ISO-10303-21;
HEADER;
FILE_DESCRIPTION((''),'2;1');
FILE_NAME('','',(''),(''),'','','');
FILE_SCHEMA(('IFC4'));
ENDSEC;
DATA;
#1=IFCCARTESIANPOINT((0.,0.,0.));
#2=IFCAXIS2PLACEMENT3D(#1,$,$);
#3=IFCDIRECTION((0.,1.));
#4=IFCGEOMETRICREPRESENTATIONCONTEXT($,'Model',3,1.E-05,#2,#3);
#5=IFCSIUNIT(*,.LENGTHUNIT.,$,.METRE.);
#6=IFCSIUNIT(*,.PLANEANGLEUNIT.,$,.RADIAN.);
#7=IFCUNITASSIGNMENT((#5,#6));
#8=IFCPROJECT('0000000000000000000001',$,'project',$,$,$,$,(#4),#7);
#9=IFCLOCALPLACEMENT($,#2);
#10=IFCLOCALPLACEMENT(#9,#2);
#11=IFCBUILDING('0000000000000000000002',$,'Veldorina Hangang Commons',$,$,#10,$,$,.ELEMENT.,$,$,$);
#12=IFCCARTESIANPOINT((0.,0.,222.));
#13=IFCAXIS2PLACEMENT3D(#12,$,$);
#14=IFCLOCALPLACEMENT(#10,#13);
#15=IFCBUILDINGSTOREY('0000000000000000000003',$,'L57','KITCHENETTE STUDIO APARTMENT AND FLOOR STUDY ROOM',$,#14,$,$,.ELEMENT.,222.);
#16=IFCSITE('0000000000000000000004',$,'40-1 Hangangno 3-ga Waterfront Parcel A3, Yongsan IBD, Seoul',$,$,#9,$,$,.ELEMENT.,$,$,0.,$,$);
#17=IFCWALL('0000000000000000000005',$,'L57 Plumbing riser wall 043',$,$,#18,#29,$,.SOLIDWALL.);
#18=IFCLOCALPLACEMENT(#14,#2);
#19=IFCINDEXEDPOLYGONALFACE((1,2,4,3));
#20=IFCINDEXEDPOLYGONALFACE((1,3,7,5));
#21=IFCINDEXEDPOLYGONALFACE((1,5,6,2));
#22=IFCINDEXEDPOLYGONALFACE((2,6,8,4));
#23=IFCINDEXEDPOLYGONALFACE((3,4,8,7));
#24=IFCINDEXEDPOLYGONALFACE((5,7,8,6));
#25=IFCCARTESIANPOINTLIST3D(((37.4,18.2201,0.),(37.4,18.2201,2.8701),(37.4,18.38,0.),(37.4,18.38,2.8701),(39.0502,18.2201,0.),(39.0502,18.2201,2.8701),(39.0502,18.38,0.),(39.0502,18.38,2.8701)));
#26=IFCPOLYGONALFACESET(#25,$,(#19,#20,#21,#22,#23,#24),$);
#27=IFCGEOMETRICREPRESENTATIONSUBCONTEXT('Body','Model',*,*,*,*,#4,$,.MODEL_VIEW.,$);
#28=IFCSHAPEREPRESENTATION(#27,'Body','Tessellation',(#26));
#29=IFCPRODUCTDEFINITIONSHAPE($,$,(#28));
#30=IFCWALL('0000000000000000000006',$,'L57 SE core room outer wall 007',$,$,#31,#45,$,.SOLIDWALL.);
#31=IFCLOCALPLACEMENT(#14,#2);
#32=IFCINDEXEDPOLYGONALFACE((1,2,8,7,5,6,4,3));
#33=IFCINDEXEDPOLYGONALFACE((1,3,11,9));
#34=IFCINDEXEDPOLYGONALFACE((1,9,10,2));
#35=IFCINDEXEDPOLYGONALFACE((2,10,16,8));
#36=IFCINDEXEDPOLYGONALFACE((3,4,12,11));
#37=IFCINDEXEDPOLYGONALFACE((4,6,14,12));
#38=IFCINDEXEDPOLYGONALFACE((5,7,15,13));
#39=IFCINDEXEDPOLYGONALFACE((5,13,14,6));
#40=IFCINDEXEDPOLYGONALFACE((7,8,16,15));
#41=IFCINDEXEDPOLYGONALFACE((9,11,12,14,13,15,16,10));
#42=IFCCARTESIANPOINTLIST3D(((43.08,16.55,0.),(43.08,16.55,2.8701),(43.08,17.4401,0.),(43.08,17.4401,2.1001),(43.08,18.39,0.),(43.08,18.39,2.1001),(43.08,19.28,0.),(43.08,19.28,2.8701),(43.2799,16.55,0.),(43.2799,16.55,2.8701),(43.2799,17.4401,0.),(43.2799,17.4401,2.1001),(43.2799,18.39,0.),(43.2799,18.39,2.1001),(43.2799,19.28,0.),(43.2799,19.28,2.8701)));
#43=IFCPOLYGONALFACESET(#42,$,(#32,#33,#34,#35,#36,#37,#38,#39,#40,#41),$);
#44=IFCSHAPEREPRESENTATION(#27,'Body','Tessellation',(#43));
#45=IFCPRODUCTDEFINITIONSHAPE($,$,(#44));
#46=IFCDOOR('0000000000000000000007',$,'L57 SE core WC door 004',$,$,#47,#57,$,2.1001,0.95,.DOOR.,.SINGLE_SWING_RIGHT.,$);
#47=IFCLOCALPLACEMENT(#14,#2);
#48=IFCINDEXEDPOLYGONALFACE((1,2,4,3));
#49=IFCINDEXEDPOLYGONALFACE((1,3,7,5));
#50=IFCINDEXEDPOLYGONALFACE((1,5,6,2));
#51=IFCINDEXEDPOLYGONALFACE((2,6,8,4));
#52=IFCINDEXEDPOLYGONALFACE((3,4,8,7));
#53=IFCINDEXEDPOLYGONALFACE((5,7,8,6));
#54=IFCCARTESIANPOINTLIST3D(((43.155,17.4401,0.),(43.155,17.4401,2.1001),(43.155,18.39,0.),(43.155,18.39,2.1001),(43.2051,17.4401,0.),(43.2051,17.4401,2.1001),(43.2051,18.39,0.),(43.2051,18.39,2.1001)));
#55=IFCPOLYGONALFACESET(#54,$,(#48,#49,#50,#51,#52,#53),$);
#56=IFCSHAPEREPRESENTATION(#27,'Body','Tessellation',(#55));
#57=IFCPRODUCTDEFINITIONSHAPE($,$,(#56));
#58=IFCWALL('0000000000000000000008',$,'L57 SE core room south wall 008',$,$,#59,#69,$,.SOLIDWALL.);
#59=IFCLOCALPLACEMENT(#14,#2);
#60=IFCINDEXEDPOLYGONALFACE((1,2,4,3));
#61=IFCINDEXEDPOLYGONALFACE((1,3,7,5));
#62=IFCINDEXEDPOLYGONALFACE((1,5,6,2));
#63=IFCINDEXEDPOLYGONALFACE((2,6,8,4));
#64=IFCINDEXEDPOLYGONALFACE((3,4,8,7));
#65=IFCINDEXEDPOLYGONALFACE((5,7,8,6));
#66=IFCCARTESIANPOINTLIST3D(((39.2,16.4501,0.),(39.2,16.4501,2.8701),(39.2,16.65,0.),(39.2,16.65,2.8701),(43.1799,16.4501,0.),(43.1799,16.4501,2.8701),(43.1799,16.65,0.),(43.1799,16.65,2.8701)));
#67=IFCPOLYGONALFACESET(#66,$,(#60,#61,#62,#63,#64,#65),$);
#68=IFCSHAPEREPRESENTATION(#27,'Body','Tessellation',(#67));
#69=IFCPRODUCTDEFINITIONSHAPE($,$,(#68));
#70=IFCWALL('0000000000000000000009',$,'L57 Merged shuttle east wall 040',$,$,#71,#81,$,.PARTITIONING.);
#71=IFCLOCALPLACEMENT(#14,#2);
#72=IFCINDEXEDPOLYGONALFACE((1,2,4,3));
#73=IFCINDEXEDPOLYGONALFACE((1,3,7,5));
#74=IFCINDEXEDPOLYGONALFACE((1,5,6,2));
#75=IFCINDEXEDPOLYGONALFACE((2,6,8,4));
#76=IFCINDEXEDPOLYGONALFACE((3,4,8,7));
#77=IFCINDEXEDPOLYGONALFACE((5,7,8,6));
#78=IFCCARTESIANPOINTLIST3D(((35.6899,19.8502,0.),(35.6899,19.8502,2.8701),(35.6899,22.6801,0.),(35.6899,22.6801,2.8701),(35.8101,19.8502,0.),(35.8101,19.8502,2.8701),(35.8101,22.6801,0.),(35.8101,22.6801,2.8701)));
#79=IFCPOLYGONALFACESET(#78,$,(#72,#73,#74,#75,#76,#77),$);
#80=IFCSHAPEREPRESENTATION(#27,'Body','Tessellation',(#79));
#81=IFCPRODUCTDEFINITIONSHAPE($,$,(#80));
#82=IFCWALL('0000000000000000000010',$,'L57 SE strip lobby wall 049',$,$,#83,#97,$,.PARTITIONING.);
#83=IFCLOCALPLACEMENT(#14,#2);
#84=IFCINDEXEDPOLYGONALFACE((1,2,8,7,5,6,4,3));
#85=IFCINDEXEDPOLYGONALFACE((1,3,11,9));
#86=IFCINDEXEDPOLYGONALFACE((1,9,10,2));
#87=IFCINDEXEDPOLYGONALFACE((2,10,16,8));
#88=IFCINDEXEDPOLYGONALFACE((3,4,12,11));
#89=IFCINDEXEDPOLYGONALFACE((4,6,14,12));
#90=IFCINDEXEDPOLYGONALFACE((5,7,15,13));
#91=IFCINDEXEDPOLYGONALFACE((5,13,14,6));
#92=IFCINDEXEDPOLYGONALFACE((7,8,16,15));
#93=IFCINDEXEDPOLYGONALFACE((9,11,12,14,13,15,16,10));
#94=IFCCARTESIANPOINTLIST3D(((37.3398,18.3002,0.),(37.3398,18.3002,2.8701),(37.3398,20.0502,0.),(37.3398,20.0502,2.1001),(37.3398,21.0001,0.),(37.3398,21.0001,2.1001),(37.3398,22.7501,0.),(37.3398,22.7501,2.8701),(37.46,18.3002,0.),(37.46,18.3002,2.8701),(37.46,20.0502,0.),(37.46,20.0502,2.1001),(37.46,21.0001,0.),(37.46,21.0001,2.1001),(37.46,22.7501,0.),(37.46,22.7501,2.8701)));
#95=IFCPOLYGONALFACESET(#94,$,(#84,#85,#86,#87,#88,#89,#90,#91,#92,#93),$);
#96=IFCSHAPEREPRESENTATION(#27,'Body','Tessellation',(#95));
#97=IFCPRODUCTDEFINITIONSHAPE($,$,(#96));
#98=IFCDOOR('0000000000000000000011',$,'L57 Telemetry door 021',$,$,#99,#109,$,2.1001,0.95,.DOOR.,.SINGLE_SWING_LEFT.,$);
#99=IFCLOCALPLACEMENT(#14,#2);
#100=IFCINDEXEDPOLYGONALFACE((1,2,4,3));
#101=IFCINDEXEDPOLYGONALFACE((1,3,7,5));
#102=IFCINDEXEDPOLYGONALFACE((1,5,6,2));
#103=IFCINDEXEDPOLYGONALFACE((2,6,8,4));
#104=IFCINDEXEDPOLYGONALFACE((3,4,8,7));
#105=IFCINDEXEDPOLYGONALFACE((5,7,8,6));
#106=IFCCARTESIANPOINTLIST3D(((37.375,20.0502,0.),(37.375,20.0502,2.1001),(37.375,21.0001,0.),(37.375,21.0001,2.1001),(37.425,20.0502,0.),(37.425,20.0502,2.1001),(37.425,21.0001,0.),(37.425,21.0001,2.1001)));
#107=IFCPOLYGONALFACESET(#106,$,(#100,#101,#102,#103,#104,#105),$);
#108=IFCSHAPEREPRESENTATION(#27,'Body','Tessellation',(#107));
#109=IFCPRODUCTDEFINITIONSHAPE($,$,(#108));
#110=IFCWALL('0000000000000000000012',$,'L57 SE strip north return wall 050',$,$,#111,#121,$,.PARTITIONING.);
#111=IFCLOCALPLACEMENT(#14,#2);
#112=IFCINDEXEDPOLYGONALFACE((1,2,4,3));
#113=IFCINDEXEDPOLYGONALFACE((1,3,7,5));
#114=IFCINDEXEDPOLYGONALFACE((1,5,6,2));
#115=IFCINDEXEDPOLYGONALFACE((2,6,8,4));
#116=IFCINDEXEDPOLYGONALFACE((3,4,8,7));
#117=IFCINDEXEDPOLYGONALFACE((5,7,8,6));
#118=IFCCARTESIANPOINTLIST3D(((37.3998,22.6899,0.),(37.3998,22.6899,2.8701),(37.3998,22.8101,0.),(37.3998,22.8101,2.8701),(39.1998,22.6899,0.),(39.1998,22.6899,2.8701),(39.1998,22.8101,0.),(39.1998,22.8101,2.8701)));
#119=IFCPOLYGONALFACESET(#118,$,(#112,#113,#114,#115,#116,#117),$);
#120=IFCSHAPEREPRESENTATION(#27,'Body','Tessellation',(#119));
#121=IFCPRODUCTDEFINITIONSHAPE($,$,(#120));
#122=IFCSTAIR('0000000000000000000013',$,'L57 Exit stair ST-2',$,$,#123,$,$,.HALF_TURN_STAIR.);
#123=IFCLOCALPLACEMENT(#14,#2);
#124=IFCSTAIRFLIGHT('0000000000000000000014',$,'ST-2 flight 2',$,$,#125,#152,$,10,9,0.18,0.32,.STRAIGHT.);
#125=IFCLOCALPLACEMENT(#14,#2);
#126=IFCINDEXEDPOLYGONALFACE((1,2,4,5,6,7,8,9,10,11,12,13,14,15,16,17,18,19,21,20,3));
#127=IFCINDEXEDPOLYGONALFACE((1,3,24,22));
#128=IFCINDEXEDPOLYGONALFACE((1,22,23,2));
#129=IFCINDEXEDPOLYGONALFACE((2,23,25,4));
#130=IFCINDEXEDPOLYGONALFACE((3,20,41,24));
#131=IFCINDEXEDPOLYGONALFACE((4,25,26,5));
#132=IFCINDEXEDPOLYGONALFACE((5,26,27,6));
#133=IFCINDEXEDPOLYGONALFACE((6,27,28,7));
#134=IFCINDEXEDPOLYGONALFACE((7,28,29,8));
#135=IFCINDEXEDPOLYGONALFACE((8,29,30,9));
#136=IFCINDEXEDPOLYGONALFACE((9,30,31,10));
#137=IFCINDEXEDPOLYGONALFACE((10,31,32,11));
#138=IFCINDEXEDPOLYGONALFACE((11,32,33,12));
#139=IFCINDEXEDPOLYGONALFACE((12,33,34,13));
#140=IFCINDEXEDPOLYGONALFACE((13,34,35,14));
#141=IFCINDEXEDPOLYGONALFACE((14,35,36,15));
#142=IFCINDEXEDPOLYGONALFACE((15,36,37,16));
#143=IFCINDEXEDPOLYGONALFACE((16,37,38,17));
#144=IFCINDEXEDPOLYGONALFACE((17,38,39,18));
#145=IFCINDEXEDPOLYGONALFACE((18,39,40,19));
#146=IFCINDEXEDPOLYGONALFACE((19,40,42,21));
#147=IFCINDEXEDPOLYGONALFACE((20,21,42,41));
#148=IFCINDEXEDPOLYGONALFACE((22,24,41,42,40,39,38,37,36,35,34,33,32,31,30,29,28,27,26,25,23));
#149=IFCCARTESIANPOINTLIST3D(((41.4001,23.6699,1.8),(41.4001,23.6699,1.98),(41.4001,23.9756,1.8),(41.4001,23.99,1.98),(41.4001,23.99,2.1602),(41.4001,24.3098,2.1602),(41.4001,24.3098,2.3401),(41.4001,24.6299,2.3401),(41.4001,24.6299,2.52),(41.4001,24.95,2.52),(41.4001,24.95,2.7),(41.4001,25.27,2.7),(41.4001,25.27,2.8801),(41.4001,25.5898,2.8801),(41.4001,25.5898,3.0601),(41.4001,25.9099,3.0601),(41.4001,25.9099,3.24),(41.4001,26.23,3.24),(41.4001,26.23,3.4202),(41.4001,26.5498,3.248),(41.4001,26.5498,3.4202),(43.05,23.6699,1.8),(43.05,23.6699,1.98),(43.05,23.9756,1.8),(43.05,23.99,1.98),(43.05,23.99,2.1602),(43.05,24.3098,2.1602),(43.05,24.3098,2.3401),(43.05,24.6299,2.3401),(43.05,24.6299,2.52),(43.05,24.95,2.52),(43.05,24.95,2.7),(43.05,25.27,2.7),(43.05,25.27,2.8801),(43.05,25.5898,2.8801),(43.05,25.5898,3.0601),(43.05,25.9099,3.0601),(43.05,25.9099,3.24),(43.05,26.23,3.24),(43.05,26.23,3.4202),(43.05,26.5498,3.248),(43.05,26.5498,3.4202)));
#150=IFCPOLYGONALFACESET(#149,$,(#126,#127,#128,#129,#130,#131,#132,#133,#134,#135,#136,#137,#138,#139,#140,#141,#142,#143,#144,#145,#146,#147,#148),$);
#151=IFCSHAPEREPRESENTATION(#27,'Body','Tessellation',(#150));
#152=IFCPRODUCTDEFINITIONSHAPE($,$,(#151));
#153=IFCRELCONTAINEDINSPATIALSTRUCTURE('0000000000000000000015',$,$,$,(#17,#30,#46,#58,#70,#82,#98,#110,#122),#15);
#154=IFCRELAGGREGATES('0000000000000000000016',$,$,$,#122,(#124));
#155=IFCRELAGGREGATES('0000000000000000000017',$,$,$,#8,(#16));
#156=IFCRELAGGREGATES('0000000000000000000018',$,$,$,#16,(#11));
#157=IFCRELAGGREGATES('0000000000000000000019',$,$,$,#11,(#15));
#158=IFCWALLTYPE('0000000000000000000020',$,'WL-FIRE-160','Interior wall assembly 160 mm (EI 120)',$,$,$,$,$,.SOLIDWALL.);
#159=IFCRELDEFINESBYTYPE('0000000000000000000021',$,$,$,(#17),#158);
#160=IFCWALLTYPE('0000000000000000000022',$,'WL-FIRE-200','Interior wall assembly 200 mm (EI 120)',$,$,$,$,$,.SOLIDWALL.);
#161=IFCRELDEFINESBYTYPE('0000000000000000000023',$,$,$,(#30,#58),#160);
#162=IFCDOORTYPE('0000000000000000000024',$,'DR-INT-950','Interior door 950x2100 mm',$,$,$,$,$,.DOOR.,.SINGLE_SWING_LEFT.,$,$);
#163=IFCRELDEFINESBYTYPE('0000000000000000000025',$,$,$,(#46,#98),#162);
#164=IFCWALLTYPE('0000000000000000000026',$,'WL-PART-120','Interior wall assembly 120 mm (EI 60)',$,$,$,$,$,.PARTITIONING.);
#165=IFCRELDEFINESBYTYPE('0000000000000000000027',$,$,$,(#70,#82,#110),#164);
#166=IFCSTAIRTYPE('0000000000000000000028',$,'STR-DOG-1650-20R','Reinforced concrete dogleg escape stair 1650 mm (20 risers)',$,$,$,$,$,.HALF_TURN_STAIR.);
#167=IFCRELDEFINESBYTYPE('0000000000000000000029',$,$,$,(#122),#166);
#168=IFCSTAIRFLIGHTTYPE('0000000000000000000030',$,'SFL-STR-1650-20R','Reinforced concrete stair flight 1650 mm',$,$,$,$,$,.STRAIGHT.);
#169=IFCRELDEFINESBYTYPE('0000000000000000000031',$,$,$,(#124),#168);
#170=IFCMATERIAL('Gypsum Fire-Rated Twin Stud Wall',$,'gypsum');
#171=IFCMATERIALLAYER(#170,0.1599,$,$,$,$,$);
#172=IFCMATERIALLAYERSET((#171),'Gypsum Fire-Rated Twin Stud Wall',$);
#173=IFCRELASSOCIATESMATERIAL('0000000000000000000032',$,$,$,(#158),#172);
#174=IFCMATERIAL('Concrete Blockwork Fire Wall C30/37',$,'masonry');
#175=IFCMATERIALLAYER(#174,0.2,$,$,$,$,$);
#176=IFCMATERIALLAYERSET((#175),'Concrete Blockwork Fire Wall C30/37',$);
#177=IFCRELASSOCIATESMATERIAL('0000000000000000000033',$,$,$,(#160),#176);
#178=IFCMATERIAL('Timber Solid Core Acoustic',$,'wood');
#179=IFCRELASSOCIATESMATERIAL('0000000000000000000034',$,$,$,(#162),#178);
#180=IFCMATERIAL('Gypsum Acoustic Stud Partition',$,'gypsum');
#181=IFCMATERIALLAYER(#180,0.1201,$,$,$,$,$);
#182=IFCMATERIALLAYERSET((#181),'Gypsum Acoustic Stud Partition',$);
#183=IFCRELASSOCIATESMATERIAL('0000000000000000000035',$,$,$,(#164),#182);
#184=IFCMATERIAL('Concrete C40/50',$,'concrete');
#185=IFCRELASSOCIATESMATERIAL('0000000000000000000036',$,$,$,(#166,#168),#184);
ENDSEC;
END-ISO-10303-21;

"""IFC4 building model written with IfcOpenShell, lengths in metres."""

from ifc_helpers import new_model, si_unit, direction, frame, frame_2d, origin, place, context, subcontext, project, spatial, polyline, rectangle, outline, extrude, material, layer, layer_set, type_object, element, fill, aggregate, save


model = new_model("IFC4")

# Units and contexts
model_context = context("Model", 3, precision=1e-05, world=origin(), true_north=direction((0.0, 1.0)))
body_context = subcontext(model_context, "Body", "Model", "MODEL_VIEW")
ifc_project = project(units=[si_unit("LENGTHUNIT", "METRE"), si_unit("PLANEANGLEUNIT", "RADIAN")], contexts=[model_context])

# Site, building, storey
site_placement = place(None, origin())
site = spatial("IfcSite", under=ifc_project, at=site_placement, Name="40-1 Hangangno 3-ga Waterfront Parcel A3, Yongsan IBD, Seoul", CompositionType="ELEMENT", RefElevation=0.0)
building_placement = place(site_placement, origin())
building = spatial("IfcBuilding", under=site, at=building_placement, Name="Veldorina Hangang Commons", CompositionType="ELEMENT")
storey_placement = place(building_placement, frame((0.0, 0.0, 222.0)))
storey = spatial("IfcBuildingStorey", under=building, at=storey_placement, Name="L57", Description="KITCHENETTE STUDIO APARTMENT AND FLOOR STUDY ROOM", CompositionType="ELEMENT", Elevation=222.0)

# Wall
ifc_material_1 = material(Name="Gypsum Fire-Rated Twin Stud Wall", Category="gypsum")
ifc_layer_1 = layer(ifc_material_1, 0.1599)
ifc_layer_set_1 = layer_set([ifc_layer_1], Name="Gypsum Fire-Rated Twin Stud Wall")
wall_type_1 = type_object("IfcWallType", Name="WL-FIRE-160", Description="Interior wall assembly 160 mm (EI 120)", PredefinedType="SOLIDWALL", material=ifc_layer_set_1)
wall_1_placement = place(storey_placement, frame((37.3999, 18.3, 0.0), z_axis=(0.0, 0.0, 1.0), x_axis=(1.0, 0.0, 0.0)))
element("IfcWall", 1, at=wall_1_placement, inside=storey, type_object=wall_type_1, Name="L57 Plumbing riser wall 043", PredefinedType="SOLIDWALL", context=body_context, shape_type="SweptSolid", body=[
    extrude(rectangle(XDim=1.6501, YDim=0.1599, at=frame_2d((0.8252, 0.0))), origin(), (0.0, 0.0, 1.0), 2.8701),
])

# Wall, opening, door
ifc_material_2 = material(Name="Concrete Blockwork Fire Wall C30/37", Category="masonry")
ifc_layer_2 = layer(ifc_material_2, 0.2)
ifc_layer_set_2 = layer_set([ifc_layer_2], Name="Concrete Blockwork Fire Wall C30/37")
wall_type_2 = type_object("IfcWallType", Name="WL-FIRE-200", Description="Interior wall assembly 200 mm (EI 120)", PredefinedType="SOLIDWALL", material=ifc_layer_set_2)
wall_2_placement = place(storey_placement, frame((43.1799, 16.55, 0.0), z_axis=(0.0, 0.0, 1.0), x_axis=(0.0, 1.0, 0.0)))
wall_2 = element("IfcWall", 2, at=wall_2_placement, inside=storey, type_object=wall_type_2, Name="L57 SE core room outer wall 007", PredefinedType="SOLIDWALL", context=body_context, shape_type="SweptSolid", body=[
    extrude(rectangle(XDim=2.73, YDim=0.2, at=frame_2d((1.365, 0.0))), origin(), (0.0, 0.0, 1.0), 2.8701),
])
opening_1_placement = place(wall_2_placement, frame((0.8899, 0.0, 0.0)))
opening_1 = element("IfcOpeningElement", 3, at=opening_1_placement, cuts=wall_2, PredefinedType="OPENING", context=body_context, shape_type="SweptSolid", body=[
    extrude(rectangle(XDim=0.95, YDim=2.1001, at=frame_2d((0.4751, 1.05))), frame((0.0, 0.1099, 0.0), z_axis=(0.0, -1.0, 0.0), x_axis=(1.0, 0.0, 0.0)), (0.0, 0.0, 1.0), 0.22),
])
ifc_material_3 = material(Name="Timber Solid Core Acoustic", Category="wood")
door_type_1 = type_object("IfcDoorType", Name="DR-INT-950", Description="Interior door 950x2100 mm", OperationType="SINGLE_SWING_LEFT", PredefinedType="DOOR", material=ifc_material_3)
door_1_placement = place(opening_1_placement, origin())
door_1 = element("IfcDoor", 4, at=door_1_placement, inside=storey, type_object=door_type_1, Name="L57 SE core WC door 004", OperationType="SINGLE_SWING_RIGHT", OverallHeight=2.1001, OverallWidth=0.95, PredefinedType="DOOR", context=body_context, shape_type="SweptSolid", body=[
    extrude(rectangle(XDim=0.95, YDim=2.1001, at=frame_2d((0.4751, 1.05))), frame((0.0, 0.0249, 0.0), z_axis=(0.0, -1.0, 0.0), x_axis=(1.0, 0.0, 0.0)), (0.0, 0.0, 1.0), 0.05),
])
fill(opening_1, door_1)

# Walls
wall_3_placement = place(storey_placement, frame((39.2, 16.55, 0.0), z_axis=(0.0, 0.0, 1.0), x_axis=(1.0, 0.0, 0.0)))
element("IfcWall", 5, at=wall_3_placement, inside=storey, type_object=wall_type_2, Name="L57 SE core room south wall 008", PredefinedType="SOLIDWALL", context=body_context, shape_type="SweptSolid", body=[
    extrude(rectangle(XDim=3.98, YDim=0.2, at=frame_2d((1.99, 0.0))), origin(), (0.0, 0.0, 1.0), 2.8701),
])
ifc_material_4 = material(Name="Gypsum Acoustic Stud Partition", Category="gypsum")
ifc_layer_3 = layer(ifc_material_4, 0.1201)
ifc_layer_set_3 = layer_set([ifc_layer_3], Name="Gypsum Acoustic Stud Partition")
wall_type_3 = type_object("IfcWallType", Name="WL-PART-120", Description="Interior wall assembly 120 mm (EI 60)", PredefinedType="PARTITIONING", material=ifc_layer_set_3)
wall_4_placement = place(storey_placement, frame((35.75, 19.8501, 0.0), z_axis=(0.0, 0.0, 1.0), x_axis=(0.0, 1.0, 0.0)))
element("IfcWall", 6, at=wall_4_placement, inside=storey, type_object=wall_type_3, Name="L57 Merged shuttle east wall 040", PredefinedType="PARTITIONING", context=body_context, shape_type="SweptSolid", body=[
    extrude(rectangle(XDim=2.8298, YDim=0.1201, at=frame_2d((1.415, 0.0))), origin(), (0.0, 0.0, 1.0), 2.8701),
])

# Wall, opening, door
wall_5_placement = place(storey_placement, frame((37.3999, 18.3, 0.0), z_axis=(0.0, 0.0, 1.0), x_axis=(0.0, 1.0, 0.0)))
wall_5 = element("IfcWall", 7, at=wall_5_placement, inside=storey, type_object=wall_type_3, Name="L57 SE strip lobby wall 049", PredefinedType="PARTITIONING", context=body_context, shape_type="SweptSolid", body=[
    extrude(rectangle(XDim=4.45, YDim=0.1201, at=frame_2d((2.2251, 0.0))), origin(), (0.0, 0.0, 1.0), 2.8701),
])
opening_2_placement = place(wall_5_placement, frame((1.75, 0.0, 0.0)))
opening_2 = element("IfcOpeningElement", 8, at=opening_2_placement, cuts=wall_5, PredefinedType="OPENING", context=body_context, shape_type="SweptSolid", body=[
    extrude(rectangle(XDim=0.95, YDim=2.1001, at=frame_2d((0.4751, 1.05))), frame((0.0, 0.0701, 0.0), z_axis=(0.0, -1.0, 0.0), x_axis=(1.0, 0.0, 0.0)), (0.0, 0.0, 1.0), 0.1401),
])
door_2_placement = place(opening_2_placement, origin())
door_2 = element("IfcDoor", 9, at=door_2_placement, inside=storey, type_object=door_type_1, Name="L57 Telemetry door 021", OperationType="SINGLE_SWING_LEFT", OverallHeight=2.1001, OverallWidth=0.95, PredefinedType="DOOR", context=body_context, shape_type="SweptSolid", body=[
    extrude(rectangle(XDim=0.95, YDim=2.1001, at=frame_2d((0.4751, 1.05))), frame((0.0, 0.0249, 0.0), z_axis=(0.0, -1.0, 0.0), x_axis=(1.0, 0.0, 0.0)), (0.0, 0.0, 1.0), 0.05),
])
fill(opening_2, door_2)

# Wall
wall_6_placement = place(storey_placement, frame((37.3999, 22.75, 0.0), z_axis=(0.0, 0.0, 1.0), x_axis=(1.0, 0.0, 0.0)))
element("IfcWall", 10, at=wall_6_placement, inside=storey, type_object=wall_type_3, Name="L57 SE strip north return wall 050", PredefinedType="PARTITIONING", context=body_context, shape_type="SweptSolid", body=[
    extrude(rectangle(XDim=1.8, YDim=0.1201, at=frame_2d((0.8999, 0.0))), origin(), (0.0, 0.0, 1.0), 2.8701),
])

# Stair, stair flight
ifc_material_5 = material(Name="Concrete C40/50", Category="concrete")
stair_type = type_object("IfcStairType", Name="STR-DOG-1650-20R", Description="Reinforced concrete dogleg escape stair 1650 mm (20 risers)", PredefinedType="HALF_TURN_STAIR", material=ifc_material_5)
stair_placement = place(storey_placement, origin())
stair = element("IfcStair", 11, at=stair_placement, inside=storey, type_object=stair_type, Name="L57 Exit stair ST-2", PredefinedType="HALF_TURN_STAIR")
stair_flight_type = type_object("IfcStairFlightType", Name="SFL-STR-1650-20R", Description="Reinforced concrete stair flight 1650 mm", PredefinedType="STRAIGHT", material=ifc_material_5)
stair_flight_placement = place(storey_placement, frame((42.2251, 23.6699, 1.8), z_axis=(0.0, 0.0, 1.0), x_axis=(0.0, 1.0, 0.0)))
stair_flight = element("IfcStairFlight", 12, at=stair_flight_placement, type_object=stair_flight_type, Name="ST-2 flight 2", NumberOfRisers=10, NumberOfTreads=9, PredefinedType="STRAIGHT", RiserHeight=0.18, TreadLength=0.32, context=body_context, shape_type="SweptSolid", body=[
    extrude(outline(polyline([(0.0, 0.0), (0.0, 0.1799), (0.3201, 0.1799), (0.3201, 0.3601), (0.6399, 0.3601), (0.6399, 0.54), (0.96, 0.54), (0.96, 0.72), (1.28, 0.72), (1.28, 0.8999), (1.6001, 0.8999), (1.6001, 1.0801), (1.9199, 1.0801), (1.9199, 1.26), (2.24, 1.26), (2.24, 1.4399), (2.5601, 1.4399), (2.5601, 1.6201), (2.8799, 1.6201), (2.8799, 1.8), (2.8799, 1.448), (0.3057, 0.0), (0.0, 0.0)])), frame((0.0, 0.825, 0.0), z_axis=(0.0, -1.0, 0.0), x_axis=(1.0, 0.0, 0.0)), (0.0, 0.0, 1.0), 1.6499),
])
aggregate(stair, [stair_flight])

save(model, "model.ifc")
